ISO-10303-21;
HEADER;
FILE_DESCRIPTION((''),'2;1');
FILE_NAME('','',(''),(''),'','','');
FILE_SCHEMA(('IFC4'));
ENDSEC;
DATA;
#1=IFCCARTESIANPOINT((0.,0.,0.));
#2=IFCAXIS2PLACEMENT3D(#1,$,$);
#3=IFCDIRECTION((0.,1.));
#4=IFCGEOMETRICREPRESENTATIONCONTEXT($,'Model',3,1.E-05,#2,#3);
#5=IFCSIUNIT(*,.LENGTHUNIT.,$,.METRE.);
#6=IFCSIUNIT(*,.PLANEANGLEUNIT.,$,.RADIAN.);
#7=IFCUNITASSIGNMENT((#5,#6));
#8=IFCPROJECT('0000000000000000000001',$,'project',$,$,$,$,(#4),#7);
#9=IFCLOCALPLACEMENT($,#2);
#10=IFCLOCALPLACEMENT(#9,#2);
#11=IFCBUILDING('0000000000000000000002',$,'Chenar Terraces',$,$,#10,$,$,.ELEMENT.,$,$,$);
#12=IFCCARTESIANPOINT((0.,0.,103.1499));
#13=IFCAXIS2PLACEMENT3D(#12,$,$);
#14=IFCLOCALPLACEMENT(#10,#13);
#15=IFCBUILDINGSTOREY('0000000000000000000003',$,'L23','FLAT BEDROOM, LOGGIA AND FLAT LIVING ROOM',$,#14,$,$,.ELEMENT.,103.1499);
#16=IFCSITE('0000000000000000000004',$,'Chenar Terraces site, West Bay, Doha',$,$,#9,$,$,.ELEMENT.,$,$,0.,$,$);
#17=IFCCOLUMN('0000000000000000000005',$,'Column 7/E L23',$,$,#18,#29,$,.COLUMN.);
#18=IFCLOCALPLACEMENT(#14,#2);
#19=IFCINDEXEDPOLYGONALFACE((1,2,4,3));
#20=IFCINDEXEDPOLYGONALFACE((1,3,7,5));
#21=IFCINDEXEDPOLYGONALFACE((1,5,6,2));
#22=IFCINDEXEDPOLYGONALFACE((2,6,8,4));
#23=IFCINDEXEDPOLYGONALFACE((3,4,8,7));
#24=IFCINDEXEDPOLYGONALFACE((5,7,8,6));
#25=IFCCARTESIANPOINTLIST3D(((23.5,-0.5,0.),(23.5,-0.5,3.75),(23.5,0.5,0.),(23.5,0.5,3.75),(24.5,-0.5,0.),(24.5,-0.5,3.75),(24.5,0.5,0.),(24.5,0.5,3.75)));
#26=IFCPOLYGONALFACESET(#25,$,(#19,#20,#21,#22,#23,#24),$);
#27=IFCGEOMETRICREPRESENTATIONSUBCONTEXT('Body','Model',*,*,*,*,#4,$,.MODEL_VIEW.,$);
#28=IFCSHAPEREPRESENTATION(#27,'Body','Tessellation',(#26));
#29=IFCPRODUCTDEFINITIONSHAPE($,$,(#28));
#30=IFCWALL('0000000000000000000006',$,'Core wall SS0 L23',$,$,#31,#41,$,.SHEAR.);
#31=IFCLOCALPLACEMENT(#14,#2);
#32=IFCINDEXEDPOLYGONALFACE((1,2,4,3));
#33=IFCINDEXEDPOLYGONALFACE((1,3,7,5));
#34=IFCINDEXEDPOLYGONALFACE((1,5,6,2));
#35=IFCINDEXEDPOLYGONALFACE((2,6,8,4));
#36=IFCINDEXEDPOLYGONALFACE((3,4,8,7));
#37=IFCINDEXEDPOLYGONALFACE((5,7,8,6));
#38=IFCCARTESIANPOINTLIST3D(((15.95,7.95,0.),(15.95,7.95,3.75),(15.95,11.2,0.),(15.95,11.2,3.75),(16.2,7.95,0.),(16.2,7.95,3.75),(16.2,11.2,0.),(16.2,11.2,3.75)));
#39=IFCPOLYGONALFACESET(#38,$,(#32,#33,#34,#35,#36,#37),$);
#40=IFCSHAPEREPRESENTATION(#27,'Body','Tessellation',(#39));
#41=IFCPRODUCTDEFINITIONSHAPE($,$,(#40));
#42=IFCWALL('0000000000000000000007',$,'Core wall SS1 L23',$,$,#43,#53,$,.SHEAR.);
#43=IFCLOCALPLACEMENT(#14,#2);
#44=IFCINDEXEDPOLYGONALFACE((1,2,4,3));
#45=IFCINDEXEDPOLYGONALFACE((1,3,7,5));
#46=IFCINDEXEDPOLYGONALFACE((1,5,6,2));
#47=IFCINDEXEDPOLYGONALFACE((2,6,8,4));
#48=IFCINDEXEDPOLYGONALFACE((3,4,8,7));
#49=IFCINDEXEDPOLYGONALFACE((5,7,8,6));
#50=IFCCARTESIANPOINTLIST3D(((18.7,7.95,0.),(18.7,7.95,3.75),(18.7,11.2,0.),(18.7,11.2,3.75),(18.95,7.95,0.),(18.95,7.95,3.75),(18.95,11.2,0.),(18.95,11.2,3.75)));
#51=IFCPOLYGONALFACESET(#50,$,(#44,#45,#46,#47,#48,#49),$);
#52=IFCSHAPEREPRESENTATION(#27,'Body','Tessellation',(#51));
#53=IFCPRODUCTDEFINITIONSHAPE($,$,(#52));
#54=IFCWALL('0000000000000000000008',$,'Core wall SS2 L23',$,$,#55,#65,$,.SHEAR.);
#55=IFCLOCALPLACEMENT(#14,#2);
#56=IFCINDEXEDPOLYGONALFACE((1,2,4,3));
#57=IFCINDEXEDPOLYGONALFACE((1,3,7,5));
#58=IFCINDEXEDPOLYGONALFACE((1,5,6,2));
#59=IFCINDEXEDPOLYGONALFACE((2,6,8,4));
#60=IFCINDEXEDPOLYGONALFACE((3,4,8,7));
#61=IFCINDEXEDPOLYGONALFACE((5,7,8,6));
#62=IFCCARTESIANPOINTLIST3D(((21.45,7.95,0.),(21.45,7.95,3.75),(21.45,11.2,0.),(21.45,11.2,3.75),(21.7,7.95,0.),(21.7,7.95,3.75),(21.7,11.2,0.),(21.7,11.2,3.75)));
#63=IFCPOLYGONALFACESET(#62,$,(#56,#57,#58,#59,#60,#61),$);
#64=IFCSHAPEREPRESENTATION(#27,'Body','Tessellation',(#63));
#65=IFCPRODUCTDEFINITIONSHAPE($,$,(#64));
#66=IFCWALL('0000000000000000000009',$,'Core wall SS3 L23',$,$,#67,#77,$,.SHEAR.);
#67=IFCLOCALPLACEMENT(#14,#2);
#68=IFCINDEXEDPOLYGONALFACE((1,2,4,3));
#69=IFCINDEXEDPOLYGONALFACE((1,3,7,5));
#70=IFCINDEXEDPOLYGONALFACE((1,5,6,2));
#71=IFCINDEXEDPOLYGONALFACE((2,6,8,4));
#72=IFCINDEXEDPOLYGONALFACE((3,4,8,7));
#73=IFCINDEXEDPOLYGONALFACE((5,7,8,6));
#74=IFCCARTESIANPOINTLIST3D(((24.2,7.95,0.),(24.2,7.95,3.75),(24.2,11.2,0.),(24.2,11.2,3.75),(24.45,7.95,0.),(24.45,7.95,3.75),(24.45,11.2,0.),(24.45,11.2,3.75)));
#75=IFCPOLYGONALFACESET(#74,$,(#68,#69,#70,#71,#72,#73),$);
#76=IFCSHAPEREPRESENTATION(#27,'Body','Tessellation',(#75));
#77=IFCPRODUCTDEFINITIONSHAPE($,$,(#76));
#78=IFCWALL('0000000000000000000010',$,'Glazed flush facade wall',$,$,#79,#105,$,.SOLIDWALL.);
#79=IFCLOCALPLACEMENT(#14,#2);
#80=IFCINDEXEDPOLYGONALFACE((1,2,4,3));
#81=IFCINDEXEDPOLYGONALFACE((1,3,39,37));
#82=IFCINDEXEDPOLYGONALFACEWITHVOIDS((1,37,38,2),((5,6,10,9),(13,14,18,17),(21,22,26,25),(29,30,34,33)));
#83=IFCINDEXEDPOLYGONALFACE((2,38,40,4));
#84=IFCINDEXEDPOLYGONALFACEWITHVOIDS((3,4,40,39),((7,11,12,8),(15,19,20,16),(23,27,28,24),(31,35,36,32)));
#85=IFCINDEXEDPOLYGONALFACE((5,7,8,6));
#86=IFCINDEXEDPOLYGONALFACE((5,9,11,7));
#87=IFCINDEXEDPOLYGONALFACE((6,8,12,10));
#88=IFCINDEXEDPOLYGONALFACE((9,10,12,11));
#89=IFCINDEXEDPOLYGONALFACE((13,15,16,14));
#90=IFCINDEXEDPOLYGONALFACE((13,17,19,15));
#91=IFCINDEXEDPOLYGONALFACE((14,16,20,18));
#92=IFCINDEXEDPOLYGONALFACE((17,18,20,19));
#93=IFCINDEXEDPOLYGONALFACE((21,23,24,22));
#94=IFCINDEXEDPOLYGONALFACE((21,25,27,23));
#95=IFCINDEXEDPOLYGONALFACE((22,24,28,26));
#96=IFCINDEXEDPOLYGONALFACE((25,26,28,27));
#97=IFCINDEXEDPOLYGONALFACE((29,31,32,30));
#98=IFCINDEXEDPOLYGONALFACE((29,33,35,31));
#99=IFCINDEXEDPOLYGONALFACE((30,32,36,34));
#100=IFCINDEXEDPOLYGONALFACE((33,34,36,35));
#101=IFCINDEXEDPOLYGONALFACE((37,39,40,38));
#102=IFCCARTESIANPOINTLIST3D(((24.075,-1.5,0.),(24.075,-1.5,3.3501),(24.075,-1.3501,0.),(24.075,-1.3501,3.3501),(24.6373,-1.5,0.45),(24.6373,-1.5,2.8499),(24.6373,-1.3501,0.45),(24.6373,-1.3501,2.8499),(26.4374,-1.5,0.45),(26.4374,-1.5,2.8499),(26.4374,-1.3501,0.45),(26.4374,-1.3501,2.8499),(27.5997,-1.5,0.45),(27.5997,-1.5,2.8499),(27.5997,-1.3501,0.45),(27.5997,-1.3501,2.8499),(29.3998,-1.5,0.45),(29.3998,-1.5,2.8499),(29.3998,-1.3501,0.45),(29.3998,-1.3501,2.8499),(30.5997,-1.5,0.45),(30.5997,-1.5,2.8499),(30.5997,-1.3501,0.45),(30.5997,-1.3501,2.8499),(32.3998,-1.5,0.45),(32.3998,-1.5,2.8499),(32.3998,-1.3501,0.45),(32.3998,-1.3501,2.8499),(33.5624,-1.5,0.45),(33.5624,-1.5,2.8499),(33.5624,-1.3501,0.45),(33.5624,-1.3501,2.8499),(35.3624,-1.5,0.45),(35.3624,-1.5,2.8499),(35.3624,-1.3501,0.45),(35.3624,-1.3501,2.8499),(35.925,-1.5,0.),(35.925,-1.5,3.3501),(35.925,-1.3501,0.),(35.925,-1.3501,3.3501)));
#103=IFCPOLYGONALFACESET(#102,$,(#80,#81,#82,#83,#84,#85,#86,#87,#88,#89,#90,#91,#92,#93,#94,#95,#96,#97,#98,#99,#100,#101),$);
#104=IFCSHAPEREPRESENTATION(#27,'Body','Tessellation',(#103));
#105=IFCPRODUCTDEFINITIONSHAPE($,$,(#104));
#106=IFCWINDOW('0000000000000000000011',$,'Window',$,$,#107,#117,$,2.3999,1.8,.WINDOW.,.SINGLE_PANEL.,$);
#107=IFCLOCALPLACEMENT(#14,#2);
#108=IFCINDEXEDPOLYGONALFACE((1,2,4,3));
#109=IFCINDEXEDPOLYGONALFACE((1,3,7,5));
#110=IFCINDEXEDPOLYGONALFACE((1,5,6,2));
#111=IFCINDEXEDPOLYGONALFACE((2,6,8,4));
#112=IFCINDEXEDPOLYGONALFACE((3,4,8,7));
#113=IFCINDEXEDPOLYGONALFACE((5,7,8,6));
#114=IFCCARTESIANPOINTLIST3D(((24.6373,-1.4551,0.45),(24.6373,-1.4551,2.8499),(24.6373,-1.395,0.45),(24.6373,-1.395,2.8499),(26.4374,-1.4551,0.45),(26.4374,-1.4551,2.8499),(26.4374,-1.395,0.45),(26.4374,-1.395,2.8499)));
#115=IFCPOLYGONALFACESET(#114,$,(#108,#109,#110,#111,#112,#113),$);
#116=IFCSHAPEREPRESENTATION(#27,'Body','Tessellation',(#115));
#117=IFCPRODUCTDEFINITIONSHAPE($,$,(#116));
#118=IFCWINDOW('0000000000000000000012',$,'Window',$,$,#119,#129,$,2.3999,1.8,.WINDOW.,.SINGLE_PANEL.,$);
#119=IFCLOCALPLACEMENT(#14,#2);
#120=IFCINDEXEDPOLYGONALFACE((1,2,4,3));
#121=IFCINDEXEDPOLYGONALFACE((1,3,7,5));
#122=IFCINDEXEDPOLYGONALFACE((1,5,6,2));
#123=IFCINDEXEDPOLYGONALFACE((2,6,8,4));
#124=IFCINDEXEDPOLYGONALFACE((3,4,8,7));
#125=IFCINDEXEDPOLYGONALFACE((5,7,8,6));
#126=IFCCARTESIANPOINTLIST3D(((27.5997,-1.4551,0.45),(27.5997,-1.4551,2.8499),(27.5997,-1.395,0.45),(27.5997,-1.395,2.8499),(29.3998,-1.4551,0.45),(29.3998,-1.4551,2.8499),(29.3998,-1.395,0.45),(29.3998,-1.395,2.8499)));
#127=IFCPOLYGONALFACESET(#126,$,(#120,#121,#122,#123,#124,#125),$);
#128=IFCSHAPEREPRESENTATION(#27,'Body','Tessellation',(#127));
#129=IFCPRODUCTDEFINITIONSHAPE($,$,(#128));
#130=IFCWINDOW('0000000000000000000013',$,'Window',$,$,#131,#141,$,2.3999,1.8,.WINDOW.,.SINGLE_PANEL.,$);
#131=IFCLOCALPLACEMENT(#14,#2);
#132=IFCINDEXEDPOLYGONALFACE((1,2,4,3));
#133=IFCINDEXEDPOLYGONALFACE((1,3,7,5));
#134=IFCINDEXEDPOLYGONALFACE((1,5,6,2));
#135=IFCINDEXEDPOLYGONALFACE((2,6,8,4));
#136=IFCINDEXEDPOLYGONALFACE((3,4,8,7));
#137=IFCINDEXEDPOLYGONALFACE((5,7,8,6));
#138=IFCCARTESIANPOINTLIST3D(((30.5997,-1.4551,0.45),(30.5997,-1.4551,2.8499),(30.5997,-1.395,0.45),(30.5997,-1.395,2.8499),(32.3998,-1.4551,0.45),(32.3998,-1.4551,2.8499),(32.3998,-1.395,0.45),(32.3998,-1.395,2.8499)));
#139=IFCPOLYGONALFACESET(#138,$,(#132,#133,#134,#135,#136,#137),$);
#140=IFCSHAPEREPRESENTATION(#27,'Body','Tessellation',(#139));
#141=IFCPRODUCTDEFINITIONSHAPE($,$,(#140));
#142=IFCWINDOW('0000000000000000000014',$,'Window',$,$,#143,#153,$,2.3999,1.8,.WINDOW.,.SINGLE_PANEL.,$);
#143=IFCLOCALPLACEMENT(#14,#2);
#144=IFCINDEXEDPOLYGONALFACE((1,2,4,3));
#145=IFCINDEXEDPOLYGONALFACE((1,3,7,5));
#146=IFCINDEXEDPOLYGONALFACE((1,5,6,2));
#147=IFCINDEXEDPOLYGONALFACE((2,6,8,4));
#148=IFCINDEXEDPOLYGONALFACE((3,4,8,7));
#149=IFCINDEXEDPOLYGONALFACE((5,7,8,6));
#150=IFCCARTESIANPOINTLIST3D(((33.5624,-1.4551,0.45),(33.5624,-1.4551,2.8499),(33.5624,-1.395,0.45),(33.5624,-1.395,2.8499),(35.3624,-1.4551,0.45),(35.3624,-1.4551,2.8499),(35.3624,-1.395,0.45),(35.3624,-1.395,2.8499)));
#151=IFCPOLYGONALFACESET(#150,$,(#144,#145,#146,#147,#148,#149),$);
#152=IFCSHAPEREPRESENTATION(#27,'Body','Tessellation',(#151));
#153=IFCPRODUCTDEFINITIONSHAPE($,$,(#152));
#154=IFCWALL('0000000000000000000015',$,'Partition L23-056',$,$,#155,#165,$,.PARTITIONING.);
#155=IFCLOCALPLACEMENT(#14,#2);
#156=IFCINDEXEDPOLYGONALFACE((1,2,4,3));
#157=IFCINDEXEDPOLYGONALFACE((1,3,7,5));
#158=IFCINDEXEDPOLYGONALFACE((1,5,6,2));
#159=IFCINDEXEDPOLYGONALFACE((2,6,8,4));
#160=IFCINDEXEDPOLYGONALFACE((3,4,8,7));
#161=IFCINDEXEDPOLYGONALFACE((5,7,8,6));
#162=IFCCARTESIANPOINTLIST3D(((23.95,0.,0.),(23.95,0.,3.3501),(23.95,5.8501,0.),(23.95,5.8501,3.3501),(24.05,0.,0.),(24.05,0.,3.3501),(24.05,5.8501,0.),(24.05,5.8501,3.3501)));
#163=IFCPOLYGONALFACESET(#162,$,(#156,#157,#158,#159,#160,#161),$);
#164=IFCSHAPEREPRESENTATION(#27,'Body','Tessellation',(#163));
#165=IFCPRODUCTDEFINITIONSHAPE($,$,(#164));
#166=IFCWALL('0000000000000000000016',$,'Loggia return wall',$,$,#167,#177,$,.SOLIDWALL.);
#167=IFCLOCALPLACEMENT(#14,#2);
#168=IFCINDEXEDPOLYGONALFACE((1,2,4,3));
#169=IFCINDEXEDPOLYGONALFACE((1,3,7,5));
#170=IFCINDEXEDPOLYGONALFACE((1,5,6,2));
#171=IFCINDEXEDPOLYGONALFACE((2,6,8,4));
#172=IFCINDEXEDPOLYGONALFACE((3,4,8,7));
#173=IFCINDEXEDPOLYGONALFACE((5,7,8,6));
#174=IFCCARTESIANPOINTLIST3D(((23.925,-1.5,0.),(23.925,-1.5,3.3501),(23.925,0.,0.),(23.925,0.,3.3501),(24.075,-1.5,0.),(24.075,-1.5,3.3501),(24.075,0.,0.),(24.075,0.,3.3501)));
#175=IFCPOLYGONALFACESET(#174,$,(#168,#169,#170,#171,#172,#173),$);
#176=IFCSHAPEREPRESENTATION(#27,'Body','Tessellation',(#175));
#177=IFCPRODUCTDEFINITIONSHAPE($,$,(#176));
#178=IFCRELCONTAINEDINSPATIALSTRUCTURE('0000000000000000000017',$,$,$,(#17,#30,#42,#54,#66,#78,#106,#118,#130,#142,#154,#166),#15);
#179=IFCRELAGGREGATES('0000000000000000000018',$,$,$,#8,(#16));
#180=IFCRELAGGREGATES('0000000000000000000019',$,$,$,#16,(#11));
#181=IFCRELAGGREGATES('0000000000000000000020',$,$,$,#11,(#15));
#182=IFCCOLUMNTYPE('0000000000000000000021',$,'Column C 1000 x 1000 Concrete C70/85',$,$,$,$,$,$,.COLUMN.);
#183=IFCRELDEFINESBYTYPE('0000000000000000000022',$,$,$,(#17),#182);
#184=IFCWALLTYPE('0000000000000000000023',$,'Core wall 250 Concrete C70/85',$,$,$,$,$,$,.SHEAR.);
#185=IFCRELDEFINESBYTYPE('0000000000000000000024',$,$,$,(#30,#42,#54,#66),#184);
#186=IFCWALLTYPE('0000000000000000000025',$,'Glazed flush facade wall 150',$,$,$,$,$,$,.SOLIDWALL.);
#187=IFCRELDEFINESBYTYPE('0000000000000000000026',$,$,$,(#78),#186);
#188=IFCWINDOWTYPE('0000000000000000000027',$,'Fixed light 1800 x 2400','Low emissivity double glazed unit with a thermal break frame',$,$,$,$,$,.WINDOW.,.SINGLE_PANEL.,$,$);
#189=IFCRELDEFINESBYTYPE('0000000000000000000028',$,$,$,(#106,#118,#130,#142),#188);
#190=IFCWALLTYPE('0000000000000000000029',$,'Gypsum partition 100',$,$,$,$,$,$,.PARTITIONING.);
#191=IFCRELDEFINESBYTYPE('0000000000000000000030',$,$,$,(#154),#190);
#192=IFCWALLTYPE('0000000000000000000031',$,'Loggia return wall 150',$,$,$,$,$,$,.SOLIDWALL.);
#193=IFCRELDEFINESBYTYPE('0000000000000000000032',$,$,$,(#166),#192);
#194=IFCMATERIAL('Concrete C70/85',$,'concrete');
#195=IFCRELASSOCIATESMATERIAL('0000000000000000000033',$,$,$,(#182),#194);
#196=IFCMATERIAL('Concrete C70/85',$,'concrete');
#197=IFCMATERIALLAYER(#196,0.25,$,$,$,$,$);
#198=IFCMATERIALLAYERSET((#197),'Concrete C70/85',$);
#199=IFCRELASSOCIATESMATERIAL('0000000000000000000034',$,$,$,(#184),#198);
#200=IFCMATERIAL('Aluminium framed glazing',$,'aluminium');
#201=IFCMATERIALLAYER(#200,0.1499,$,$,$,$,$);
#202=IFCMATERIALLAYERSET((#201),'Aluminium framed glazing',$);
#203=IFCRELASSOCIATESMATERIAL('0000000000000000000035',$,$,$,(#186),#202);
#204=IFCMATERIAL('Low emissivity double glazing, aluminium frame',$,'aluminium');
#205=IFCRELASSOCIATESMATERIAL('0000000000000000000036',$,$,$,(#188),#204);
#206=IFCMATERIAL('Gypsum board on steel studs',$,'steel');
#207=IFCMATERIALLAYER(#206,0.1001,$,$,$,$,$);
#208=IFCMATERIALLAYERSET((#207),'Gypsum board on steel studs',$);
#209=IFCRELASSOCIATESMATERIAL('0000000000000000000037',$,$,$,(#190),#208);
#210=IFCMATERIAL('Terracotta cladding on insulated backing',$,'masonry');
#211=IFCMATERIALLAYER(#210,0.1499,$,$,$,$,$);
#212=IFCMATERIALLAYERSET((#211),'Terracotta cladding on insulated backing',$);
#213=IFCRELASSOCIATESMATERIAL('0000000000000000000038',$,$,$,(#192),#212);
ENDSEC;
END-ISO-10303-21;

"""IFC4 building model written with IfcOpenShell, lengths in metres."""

from ifc_helpers import new_model, si_unit, direction, frame, frame_2d, origin, origin_2d, place, context, subcontext, project, spatial, rectangle, extrude, material, layer, layer_set, material_profile, profile_set, type_object, element, fill, save


model = new_model("IFC4")

# Units and contexts
model_context = context("Model", 3, precision=1e-05, world=origin(), true_north=direction((0.0, 1.0)))
body_context = subcontext(model_context, "Body", "Model", "MODEL_VIEW")
ifc_project = project(units=[si_unit("LENGTHUNIT", "METRE"), si_unit("PLANEANGLEUNIT", "RADIAN")], contexts=[model_context])

# Site, building, storey
site_placement = place(None, origin())
site = spatial("IfcSite", under=ifc_project, at=site_placement, Name="Chenar Terraces site, West Bay, Doha", CompositionType="ELEMENT", RefElevation=0.0)
building_placement = place(site_placement, origin())
building = spatial("IfcBuilding", under=site, at=building_placement, Name="Chenar Terraces", CompositionType="ELEMENT")
storey_placement = place(building_placement, frame((0.0, 0.0, 103.1499)))
storey = spatial("IfcBuildingStorey", under=building, at=storey_placement, Name="L23", Description="FLAT BEDROOM, LOGGIA AND FLAT LIVING ROOM", CompositionType="ELEMENT", Elevation=103.1499)

# Column
ifc_material_1 = material(Name="Concrete C70/85", Category="concrete")
ifc_material_profile = material_profile(ifc_material_1, rectangle(XDim=1.0, YDim=1.0, at=origin_2d()), Name="C 1000 x 1000")
ifc_profile_set = profile_set([ifc_material_profile], Name="Concrete C70/85")
column_type = type_object("IfcColumnType", Name="Column C 1000 x 1000 Concrete C70/85", PredefinedType="COLUMN", material=ifc_profile_set)
column_placement = place(storey_placement, frame((24.0, 0.0, 0.0), z_axis=(0.0, 0.0, 1.0), x_axis=(1.0, 0.0, 0.0)))
element("IfcColumn", 1, at=column_placement, inside=storey, type_object=column_type, Name="Column 7/E L23", PredefinedType="COLUMN", context=body_context, shape_type="SweptSolid", body=[
    extrude(rectangle(XDim=1.0, YDim=1.0, at=origin_2d()), origin(), (0.0, 0.0, 1.0), 3.75),
])

# Walls
ifc_material_2 = material(Name="Concrete C70/85", Category="concrete")
ifc_layer_1 = layer(ifc_material_2, 0.25)
ifc_layer_set_1 = layer_set([ifc_layer_1], Name="Concrete C70/85")
wall_type_1 = type_object("IfcWallType", Name="Core wall 250 Concrete C70/85", PredefinedType="SHEAR", material=ifc_layer_set_1)
for number, where, z_axis, x_axis, name in (
    (2, (16.075, 7.95, 0.0), (0.0, 0.0, 1.0), (0.0, 1.0, 0.0), "Core wall SS0 L23"),
    (3, (18.825, 7.95, 0.0), (0.0, 0.0, 1.0), (0.0, 1.0, 0.0), "Core wall SS1 L23"),
    (4, (21.575, 7.95, 0.0), (0.0, 0.0, 1.0), (0.0, 1.0, 0.0), "Core wall SS2 L23"),
    (5, (24.325, 7.95, 0.0), (0.0, 0.0, 1.0), (0.0, 1.0, 0.0), "Core wall SS3 L23"),
):
    element("IfcWall", number, at=place(storey_placement, frame(where, z_axis=z_axis, x_axis=x_axis)), inside=storey, type_object=wall_type_1, Name=name, PredefinedType="SHEAR", context=body_context, shape_type="SweptSolid", body=[
        extrude(rectangle(XDim=3.25, YDim=0.25, at=frame_2d((1.625, 0.0))), origin(), (0.0, 0.0, 1.0), 3.75),
    ])

# Wall, openings, windows
ifc_material_3 = material(Name="Aluminium framed glazing", Category="aluminium")
ifc_layer_2 = layer(ifc_material_3, 0.1499)
ifc_layer_set_2 = layer_set([ifc_layer_2], Name="Aluminium framed glazing")
wall_type_2 = type_object("IfcWallType", Name="Glazed flush facade wall 150", PredefinedType="SOLIDWALL", material=ifc_layer_set_2)
wall_1_placement = place(storey_placement, frame((24.075, -1.425, 0.0), z_axis=(0.0, 0.0, 1.0), x_axis=(1.0, 0.0, 0.0)))
wall_1 = element("IfcWall", 6, at=wall_1_placement, inside=storey, type_object=wall_type_2, Name="Glazed flush facade wall", PredefinedType="SOLIDWALL", context=body_context, shape_type="SweptSolid", body=[
    extrude(rectangle(XDim=11.8501, YDim=0.1499, at=frame_2d((5.925, 0.0))), origin(), (0.0, 0.0, 1.0), 3.3501),
])
opening_1_placement = place(wall_1_placement, frame((0.5625, 0.0, 0.45)))
opening_1 = element("IfcOpeningElement", 7, at=opening_1_placement, cuts=wall_1, PredefinedType="OPENING", context=body_context, shape_type="SweptSolid", body=[
    extrude(rectangle(XDim=1.8, YDim=2.3999, at=frame_2d((0.8999, 1.2))), frame((0.0, 0.085, 0.0), z_axis=(0.0, -1.0, 0.0), x_axis=(1.0, 0.0, 0.0)), (0.0, 0.0, 1.0), 0.1699),
])
opening_2_placement = place(wall_1_placement, frame((3.5249, 0.0, 0.45)))
opening_2 = element("IfcOpeningElement", 8, at=opening_2_placement, cuts=wall_1, PredefinedType="OPENING", context=body_context, shape_type="SweptSolid", body=[
    extrude(rectangle(XDim=1.8, YDim=2.3999, at=frame_2d((0.8999, 1.2))), frame((0.0, 0.085, 0.0), z_axis=(0.0, -1.0, 0.0), x_axis=(1.0, 0.0, 0.0)), (0.0, 0.0, 1.0), 0.1699),
])
opening_3_placement = place(wall_1_placement, frame((6.5249, 0.0, 0.45)))
opening_3 = element("IfcOpeningElement", 9, at=opening_3_placement, cuts=wall_1, PredefinedType="OPENING", context=body_context, shape_type="SweptSolid", body=[
    extrude(rectangle(XDim=1.8, YDim=2.3999, at=frame_2d((0.8999, 1.2))), frame((0.0, 0.085, 0.0), z_axis=(0.0, -1.0, 0.0), x_axis=(1.0, 0.0, 0.0)), (0.0, 0.0, 1.0), 0.1699),
])
opening_4_placement = place(wall_1_placement, frame((9.4875, 0.0, 0.45)))
opening_4 = element("IfcOpeningElement", 10, at=opening_4_placement, cuts=wall_1, PredefinedType="OPENING", context=body_context, shape_type="SweptSolid", body=[
    extrude(rectangle(XDim=1.8, YDim=2.3999, at=frame_2d((0.8999, 1.2))), frame((0.0, 0.085, 0.0), z_axis=(0.0, -1.0, 0.0), x_axis=(1.0, 0.0, 0.0)), (0.0, 0.0, 1.0), 0.1699),
])
ifc_material_4 = material(Name="Low emissivity double glazing, aluminium frame", Category="aluminium")
window_type = type_object("IfcWindowType", Name="Fixed light 1800 x 2400", Description="Low emissivity double glazed unit with a thermal break frame", PartitioningType="SINGLE_PANEL", PredefinedType="WINDOW", material=ifc_material_4)
window_1_placement = place(opening_1_placement, origin())
window_1 = element("IfcWindow", 11, at=window_1_placement, inside=storey, type_object=window_type, Name="Window", OverallHeight=2.3999, OverallWidth=1.8, PartitioningType="SINGLE_PANEL", PredefinedType="WINDOW", context=body_context, shape_type="SweptSolid", body=[
    extrude(rectangle(XDim=1.8, YDim=2.3999, at=frame_2d((0.8999, 1.2))), frame((0.0, 0.03, 0.0), z_axis=(0.0, -1.0, 0.0), x_axis=(1.0, 0.0, 0.0)), (0.0, 0.0, 1.0), 0.0601),
])
fill(opening_1, window_1)
window_2_placement = place(opening_2_placement, origin())
window_2 = element("IfcWindow", 12, at=window_2_placement, inside=storey, type_object=window_type, Name="Window", OverallHeight=2.3999, OverallWidth=1.8, PartitioningType="SINGLE_PANEL", PredefinedType="WINDOW", context=body_context, shape_type="SweptSolid", body=[
    extrude(rectangle(XDim=1.8, YDim=2.3999, at=frame_2d((0.8999, 1.2))), frame((0.0, 0.03, 0.0), z_axis=(0.0, -1.0, 0.0), x_axis=(1.0, 0.0, 0.0)), (0.0, 0.0, 1.0), 0.0601),
])
fill(opening_2, window_2)
window_3_placement = place(opening_3_placement, origin())
window_3 = element("IfcWindow", 13, at=window_3_placement, inside=storey, type_object=window_type, Name="Window", OverallHeight=2.3999, OverallWidth=1.8, PartitioningType="SINGLE_PANEL", PredefinedType="WINDOW", context=body_context, shape_type="SweptSolid", body=[
    extrude(rectangle(XDim=1.8, YDim=2.3999, at=frame_2d((0.8999, 1.2))), frame((0.0, 0.03, 0.0), z_axis=(0.0, -1.0, 0.0), x_axis=(1.0, 0.0, 0.0)), (0.0, 0.0, 1.0), 0.0601),
])
fill(opening_3, window_3)
window_4_placement = place(opening_4_placement, origin())
window_4 = element("IfcWindow", 14, at=window_4_placement, inside=storey, type_object=window_type, Name="Window", OverallHeight=2.3999, OverallWidth=1.8, PartitioningType="SINGLE_PANEL", PredefinedType="WINDOW", context=body_context, shape_type="SweptSolid", body=[
    extrude(rectangle(XDim=1.8, YDim=2.3999, at=frame_2d((0.8999, 1.2))), frame((0.0, 0.03, 0.0), z_axis=(0.0, -1.0, 0.0), x_axis=(1.0, 0.0, 0.0)), (0.0, 0.0, 1.0), 0.0601),
])
fill(opening_4, window_4)

# Walls
ifc_material_5 = material(Name="Gypsum board on steel studs", Category="steel")
ifc_layer_3 = layer(ifc_material_5, 0.1001)
ifc_layer_set_3 = layer_set([ifc_layer_3], Name="Gypsum board on steel studs")
wall_type_3 = type_object("IfcWallType", Name="Gypsum partition 100", PredefinedType="PARTITIONING", material=ifc_layer_set_3)
wall_2_placement = place(storey_placement, frame((24.0, 0.0, 0.0), z_axis=(0.0, 0.0, 1.0), x_axis=(0.0, 1.0, 0.0)))
element("IfcWall", 15, at=wall_2_placement, inside=storey, type_object=wall_type_3, Name="Partition L23-056", PredefinedType="PARTITIONING", context=body_context, shape_type="SweptSolid", body=[
    extrude(rectangle(XDim=5.8501, YDim=0.1001, at=frame_2d((2.925, 0.0))), origin(), (0.0, 0.0, 1.0), 3.3501),
])
ifc_material_6 = material(Name="Terracotta cladding on insulated backing", Category="masonry")
ifc_layer_4 = layer(ifc_material_6, 0.1499)
ifc_layer_set_4 = layer_set([ifc_layer_4], Name="Terracotta cladding on insulated backing")
wall_type_4 = type_object("IfcWallType", Name="Loggia return wall 150", PredefinedType="SOLIDWALL", material=ifc_layer_set_4)
wall_3_placement = place(storey_placement, frame((24.0, -1.5, 0.0), z_axis=(0.0, 0.0, 1.0), x_axis=(0.0, 1.0, 0.0)))
element("IfcWall", 16, at=wall_3_placement, inside=storey, type_object=wall_type_4, Name="Loggia return wall", PredefinedType="SOLIDWALL", context=body_context, shape_type="SweptSolid", body=[
    extrude(rectangle(XDim=1.5, YDim=0.1499, at=frame_2d((0.75, 0.0))), origin(), (0.0, 0.0, 1.0), 3.3501),
])

save(model, "model.ifc")
